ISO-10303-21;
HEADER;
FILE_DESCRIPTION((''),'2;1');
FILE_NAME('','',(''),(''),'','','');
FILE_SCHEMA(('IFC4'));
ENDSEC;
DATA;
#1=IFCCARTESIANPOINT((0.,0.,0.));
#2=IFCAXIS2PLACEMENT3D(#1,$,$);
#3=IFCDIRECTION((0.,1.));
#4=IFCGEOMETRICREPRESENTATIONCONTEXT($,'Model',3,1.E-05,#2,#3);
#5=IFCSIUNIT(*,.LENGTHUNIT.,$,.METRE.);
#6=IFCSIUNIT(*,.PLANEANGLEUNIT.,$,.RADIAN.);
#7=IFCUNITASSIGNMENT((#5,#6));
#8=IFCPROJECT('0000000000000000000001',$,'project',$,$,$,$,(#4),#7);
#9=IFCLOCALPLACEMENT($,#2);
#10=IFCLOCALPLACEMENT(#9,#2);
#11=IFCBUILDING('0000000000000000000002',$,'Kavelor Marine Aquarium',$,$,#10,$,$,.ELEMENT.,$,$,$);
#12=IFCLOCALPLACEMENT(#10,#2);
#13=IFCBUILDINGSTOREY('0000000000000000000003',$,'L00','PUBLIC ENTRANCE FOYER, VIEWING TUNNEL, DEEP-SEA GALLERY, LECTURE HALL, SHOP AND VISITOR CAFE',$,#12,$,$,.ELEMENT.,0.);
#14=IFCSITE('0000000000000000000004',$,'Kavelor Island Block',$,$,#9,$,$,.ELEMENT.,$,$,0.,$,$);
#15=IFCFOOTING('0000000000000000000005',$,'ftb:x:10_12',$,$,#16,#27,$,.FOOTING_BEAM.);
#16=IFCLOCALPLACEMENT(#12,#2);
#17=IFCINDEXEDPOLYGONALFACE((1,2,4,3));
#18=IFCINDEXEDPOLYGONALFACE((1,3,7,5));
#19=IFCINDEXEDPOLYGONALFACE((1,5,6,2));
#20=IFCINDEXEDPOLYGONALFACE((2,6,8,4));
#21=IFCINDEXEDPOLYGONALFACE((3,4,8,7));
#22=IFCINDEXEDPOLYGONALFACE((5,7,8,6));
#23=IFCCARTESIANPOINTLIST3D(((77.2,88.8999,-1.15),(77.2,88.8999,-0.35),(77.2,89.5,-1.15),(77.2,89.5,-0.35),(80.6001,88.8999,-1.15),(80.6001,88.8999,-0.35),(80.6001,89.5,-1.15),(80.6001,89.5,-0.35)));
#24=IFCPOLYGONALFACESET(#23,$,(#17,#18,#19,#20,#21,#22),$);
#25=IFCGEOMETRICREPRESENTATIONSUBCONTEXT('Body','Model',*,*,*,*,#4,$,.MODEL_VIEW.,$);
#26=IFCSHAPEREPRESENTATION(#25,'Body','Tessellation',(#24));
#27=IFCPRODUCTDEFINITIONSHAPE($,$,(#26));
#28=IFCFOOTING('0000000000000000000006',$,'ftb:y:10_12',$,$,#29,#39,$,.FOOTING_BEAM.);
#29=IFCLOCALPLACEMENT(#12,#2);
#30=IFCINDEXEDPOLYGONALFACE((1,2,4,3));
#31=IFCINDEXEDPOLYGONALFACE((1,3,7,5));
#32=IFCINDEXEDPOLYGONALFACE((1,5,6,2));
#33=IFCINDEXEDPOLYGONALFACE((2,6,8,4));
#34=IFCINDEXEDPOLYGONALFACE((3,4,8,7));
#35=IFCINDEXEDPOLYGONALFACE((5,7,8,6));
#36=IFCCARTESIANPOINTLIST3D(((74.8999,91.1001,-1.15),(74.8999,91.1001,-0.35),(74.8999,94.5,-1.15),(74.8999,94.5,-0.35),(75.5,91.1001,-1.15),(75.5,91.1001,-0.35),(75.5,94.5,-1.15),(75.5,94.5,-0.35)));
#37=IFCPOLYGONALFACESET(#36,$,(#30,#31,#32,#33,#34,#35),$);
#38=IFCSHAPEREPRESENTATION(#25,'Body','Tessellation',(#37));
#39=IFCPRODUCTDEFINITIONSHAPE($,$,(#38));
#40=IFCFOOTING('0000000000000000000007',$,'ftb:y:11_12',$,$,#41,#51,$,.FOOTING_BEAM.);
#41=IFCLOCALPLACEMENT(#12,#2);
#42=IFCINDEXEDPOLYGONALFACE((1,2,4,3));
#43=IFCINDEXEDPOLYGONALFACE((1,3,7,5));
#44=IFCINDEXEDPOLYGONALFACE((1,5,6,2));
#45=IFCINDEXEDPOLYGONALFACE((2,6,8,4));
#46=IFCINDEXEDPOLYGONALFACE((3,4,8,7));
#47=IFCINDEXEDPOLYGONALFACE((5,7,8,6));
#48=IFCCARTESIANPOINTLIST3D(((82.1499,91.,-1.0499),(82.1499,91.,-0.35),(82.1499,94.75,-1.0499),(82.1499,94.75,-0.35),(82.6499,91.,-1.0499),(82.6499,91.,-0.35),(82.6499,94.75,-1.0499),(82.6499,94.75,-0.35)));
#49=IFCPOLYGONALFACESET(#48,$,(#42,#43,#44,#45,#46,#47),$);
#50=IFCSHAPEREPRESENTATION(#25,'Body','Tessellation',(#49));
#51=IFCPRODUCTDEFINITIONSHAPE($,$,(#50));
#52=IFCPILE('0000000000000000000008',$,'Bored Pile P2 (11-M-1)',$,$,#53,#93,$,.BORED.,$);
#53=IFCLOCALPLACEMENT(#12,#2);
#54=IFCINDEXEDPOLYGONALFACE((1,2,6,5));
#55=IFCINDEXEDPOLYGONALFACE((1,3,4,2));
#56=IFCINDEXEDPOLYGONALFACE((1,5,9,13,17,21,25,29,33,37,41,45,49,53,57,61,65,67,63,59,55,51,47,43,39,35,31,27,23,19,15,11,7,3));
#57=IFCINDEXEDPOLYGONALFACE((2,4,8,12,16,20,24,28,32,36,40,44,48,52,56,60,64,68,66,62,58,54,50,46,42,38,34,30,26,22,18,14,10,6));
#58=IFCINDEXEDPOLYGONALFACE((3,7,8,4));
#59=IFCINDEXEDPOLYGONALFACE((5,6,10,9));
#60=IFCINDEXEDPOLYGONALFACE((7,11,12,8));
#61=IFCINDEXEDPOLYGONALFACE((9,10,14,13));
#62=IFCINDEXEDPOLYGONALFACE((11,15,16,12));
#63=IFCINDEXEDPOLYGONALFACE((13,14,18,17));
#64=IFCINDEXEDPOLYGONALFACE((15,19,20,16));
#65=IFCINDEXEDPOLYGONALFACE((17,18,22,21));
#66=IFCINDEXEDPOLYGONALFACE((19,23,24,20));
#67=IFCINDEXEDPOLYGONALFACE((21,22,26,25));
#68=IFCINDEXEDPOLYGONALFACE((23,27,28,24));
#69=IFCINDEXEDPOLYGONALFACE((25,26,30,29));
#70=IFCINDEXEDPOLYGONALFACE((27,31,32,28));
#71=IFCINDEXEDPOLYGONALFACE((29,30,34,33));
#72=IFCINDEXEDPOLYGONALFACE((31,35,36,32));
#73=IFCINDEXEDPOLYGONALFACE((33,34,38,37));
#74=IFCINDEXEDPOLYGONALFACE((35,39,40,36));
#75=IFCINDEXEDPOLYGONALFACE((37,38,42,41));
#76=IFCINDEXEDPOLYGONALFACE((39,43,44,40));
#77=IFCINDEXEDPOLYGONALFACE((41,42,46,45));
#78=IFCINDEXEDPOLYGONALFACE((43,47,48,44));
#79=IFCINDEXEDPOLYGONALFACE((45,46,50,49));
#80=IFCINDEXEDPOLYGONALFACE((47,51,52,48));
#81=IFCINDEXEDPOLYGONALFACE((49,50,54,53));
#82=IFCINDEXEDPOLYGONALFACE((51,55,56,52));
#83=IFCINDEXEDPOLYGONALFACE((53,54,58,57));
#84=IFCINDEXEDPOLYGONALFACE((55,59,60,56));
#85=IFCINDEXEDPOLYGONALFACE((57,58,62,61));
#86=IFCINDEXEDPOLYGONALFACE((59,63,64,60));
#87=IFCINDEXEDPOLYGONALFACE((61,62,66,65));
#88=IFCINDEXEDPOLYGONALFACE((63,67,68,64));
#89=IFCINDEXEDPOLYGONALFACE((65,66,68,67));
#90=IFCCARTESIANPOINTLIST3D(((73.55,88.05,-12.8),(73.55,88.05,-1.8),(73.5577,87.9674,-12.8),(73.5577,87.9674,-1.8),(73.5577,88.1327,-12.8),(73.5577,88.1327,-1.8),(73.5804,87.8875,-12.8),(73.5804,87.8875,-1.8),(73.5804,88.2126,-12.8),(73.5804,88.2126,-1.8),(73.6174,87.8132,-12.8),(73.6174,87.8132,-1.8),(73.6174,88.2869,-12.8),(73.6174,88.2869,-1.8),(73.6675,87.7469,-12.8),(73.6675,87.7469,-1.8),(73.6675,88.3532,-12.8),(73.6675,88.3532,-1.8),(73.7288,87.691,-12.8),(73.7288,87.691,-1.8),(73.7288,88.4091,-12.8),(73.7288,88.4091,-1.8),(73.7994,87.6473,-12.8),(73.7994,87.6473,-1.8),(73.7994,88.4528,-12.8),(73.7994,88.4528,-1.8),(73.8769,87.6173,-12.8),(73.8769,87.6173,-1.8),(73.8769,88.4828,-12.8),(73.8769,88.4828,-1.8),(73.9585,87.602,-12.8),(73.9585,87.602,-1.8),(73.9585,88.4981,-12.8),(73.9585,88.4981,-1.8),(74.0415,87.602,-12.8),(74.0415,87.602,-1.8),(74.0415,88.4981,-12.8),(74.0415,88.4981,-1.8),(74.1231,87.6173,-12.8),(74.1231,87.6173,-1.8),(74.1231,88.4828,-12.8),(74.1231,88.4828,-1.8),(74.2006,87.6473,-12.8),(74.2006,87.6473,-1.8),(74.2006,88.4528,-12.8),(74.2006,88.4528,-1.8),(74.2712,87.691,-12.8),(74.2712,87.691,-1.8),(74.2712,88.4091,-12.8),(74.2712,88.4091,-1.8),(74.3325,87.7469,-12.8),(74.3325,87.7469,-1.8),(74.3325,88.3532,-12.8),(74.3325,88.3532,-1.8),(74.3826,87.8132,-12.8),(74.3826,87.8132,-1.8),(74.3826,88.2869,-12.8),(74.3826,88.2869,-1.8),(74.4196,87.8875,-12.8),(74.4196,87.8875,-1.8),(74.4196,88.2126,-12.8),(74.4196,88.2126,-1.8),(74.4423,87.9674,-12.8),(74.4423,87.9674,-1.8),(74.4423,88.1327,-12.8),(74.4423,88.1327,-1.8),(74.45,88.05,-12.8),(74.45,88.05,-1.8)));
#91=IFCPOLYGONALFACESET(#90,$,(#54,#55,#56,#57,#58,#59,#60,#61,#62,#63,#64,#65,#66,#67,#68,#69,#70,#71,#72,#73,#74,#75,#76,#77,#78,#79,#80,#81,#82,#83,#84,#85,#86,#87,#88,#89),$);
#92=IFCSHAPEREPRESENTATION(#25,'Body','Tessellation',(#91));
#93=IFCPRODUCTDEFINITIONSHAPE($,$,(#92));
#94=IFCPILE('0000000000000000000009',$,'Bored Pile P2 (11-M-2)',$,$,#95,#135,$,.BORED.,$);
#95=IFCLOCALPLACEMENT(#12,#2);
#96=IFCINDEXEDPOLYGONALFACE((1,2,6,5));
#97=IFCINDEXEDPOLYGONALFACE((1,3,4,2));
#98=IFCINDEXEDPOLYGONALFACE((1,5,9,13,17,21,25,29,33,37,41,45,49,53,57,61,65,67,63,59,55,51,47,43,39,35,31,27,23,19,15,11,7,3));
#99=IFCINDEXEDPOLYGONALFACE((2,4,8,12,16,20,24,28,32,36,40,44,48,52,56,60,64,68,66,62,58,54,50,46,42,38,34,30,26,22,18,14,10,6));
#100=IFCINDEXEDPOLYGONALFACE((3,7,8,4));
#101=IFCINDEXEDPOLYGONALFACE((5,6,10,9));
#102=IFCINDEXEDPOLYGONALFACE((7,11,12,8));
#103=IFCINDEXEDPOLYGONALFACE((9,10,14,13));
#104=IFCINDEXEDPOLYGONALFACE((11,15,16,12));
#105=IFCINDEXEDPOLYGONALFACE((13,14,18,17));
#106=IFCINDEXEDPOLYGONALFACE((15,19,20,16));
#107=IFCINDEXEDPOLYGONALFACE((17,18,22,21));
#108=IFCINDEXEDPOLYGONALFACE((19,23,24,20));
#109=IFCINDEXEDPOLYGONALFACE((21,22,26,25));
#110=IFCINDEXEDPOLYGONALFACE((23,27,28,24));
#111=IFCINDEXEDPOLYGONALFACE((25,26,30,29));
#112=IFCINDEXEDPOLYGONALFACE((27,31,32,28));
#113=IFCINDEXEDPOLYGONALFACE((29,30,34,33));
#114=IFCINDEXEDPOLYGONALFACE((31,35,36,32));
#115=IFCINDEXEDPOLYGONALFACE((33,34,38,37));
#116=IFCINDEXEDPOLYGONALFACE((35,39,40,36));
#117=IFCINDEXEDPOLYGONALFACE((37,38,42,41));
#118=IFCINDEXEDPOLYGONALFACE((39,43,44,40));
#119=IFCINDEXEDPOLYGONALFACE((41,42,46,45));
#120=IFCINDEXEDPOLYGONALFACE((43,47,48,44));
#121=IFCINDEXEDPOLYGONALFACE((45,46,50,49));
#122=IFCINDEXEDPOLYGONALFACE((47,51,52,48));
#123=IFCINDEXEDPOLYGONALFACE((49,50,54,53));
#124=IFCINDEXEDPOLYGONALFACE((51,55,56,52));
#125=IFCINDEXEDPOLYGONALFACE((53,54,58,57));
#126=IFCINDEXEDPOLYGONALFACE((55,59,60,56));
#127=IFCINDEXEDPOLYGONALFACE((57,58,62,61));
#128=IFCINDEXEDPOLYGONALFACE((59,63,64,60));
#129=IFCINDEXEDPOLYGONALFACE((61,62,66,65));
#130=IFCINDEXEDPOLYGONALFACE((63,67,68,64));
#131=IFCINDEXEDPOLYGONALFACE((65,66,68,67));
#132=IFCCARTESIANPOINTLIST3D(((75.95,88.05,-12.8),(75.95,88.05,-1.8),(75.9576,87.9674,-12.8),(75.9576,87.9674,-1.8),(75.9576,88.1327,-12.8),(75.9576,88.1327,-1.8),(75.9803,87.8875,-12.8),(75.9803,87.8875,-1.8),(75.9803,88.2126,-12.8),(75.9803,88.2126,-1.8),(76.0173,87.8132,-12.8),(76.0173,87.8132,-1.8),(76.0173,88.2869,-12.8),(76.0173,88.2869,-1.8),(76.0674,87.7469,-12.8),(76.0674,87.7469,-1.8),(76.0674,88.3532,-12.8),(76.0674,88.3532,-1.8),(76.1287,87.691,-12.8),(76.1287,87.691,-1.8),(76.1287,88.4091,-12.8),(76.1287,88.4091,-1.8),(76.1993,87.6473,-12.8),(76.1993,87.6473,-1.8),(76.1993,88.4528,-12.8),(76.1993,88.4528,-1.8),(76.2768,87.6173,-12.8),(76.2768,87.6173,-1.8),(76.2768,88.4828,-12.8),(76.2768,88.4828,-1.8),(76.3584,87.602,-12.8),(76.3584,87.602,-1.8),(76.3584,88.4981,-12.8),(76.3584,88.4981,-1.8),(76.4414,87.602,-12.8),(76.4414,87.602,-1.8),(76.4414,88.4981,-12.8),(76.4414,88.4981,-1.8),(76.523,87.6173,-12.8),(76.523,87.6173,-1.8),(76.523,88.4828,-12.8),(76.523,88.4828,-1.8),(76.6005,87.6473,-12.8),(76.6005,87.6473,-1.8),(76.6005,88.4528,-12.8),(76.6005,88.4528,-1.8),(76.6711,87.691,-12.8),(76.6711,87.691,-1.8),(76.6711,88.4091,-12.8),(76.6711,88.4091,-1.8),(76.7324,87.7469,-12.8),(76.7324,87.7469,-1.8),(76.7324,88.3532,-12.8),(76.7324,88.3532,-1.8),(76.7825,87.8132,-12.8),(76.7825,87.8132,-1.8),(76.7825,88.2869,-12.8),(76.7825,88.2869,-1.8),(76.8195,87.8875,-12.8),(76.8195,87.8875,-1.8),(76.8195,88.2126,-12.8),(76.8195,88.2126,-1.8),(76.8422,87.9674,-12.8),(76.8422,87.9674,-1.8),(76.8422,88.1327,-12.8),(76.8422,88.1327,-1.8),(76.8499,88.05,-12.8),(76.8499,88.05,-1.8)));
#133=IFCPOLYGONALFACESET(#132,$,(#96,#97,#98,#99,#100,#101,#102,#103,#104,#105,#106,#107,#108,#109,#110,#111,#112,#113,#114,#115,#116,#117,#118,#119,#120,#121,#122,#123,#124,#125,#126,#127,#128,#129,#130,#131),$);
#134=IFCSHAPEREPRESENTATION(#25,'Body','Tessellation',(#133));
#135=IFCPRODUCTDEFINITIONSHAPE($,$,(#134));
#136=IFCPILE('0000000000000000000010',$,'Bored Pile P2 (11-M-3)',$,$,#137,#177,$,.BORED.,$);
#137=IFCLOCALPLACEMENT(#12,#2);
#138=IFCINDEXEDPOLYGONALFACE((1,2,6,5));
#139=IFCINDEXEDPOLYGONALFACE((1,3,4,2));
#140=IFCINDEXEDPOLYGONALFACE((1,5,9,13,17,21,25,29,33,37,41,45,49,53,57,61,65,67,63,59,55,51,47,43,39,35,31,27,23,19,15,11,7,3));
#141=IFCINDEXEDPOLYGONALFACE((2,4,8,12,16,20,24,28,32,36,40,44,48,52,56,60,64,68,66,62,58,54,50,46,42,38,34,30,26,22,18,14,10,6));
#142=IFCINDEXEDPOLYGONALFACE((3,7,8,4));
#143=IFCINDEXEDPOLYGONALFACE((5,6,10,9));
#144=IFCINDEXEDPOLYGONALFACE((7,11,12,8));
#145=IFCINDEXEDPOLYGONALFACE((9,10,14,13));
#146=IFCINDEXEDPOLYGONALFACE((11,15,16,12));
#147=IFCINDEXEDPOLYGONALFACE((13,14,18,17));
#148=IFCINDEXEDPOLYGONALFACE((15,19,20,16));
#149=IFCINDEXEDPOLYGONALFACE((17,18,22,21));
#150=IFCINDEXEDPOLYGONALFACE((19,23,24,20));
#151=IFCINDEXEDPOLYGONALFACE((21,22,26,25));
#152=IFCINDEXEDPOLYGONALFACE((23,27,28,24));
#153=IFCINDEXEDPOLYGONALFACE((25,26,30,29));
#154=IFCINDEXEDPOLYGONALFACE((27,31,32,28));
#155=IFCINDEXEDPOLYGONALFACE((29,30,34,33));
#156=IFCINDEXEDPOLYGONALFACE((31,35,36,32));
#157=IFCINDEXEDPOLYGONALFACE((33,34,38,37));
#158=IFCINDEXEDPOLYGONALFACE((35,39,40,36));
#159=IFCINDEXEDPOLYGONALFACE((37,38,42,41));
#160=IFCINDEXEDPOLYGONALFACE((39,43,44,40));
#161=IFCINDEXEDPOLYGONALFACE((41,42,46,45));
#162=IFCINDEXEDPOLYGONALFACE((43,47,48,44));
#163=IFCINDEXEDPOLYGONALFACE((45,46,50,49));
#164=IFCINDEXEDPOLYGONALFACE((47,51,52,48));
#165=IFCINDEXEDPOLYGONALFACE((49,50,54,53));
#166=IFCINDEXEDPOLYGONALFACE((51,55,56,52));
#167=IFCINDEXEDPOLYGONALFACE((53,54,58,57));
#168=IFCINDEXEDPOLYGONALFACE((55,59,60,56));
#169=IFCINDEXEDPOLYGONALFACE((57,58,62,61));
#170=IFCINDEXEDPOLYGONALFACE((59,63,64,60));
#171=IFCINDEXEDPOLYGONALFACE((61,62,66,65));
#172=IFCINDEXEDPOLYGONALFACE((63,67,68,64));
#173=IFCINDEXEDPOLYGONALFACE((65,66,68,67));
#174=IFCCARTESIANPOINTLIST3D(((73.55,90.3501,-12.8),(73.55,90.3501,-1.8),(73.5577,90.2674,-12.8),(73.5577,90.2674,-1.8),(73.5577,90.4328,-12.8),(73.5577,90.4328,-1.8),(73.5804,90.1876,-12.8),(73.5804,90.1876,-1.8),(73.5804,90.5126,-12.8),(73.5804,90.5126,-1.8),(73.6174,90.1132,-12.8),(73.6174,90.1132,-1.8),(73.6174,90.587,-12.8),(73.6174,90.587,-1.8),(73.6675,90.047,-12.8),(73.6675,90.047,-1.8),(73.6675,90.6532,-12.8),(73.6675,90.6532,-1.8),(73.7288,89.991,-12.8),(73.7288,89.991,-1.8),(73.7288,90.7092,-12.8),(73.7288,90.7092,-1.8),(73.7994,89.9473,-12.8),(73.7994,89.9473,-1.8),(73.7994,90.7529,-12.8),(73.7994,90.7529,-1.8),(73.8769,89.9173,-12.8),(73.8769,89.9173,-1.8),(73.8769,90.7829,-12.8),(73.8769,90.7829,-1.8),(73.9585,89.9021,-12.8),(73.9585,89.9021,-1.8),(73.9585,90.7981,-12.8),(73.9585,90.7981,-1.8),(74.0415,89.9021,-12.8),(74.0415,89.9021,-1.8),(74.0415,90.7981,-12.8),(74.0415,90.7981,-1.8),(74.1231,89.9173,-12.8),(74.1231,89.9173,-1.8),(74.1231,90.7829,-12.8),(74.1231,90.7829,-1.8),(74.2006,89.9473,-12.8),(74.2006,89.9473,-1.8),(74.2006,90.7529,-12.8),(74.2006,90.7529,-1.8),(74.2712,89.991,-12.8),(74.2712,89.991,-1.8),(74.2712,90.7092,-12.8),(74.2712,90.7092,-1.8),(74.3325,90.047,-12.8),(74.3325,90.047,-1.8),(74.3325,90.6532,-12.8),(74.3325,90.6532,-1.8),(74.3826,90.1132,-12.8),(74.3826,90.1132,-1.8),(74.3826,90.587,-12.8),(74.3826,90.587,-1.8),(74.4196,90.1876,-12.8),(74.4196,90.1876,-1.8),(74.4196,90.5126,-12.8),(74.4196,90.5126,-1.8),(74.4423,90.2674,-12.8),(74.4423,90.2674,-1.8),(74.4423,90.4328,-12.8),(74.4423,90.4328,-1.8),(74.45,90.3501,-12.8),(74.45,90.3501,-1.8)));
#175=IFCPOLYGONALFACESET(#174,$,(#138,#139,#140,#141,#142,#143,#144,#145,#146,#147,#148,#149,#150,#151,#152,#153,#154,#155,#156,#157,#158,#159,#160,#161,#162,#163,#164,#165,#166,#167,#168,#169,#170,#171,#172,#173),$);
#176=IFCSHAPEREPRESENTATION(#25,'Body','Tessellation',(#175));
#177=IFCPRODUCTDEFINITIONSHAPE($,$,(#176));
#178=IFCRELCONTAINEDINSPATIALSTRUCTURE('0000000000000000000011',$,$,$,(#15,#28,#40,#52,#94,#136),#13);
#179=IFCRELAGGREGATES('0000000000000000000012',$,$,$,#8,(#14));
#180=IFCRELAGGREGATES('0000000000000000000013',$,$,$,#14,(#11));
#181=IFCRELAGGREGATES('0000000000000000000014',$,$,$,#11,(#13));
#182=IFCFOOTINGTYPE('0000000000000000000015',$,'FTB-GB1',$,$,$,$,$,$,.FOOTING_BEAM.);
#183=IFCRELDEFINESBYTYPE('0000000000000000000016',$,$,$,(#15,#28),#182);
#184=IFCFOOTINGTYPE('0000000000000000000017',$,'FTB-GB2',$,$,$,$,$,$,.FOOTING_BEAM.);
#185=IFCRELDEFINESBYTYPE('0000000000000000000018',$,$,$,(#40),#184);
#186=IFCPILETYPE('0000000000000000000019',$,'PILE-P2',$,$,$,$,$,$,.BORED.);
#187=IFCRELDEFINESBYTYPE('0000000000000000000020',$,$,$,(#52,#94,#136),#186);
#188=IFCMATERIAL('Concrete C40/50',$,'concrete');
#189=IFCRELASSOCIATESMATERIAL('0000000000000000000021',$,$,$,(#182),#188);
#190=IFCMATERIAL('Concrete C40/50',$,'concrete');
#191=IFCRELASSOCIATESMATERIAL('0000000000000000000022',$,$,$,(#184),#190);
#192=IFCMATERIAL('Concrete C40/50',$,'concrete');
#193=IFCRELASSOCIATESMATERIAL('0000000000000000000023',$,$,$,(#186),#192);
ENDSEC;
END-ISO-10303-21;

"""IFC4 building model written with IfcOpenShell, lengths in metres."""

from ifc_helpers import new_model, si_unit, direction, frame, origin, origin_2d, place, context, subcontext, project, spatial, rectangle, circle, extrude, material, material_profile, profile_set, type_object, element, save


model = new_model("IFC4")

# Units and contexts
model_context = context("Model", 3, precision=1e-05, world=origin(), true_north=direction((0.0, 1.0)))
body_context = subcontext(model_context, "Body", "Model", "MODEL_VIEW")
ifc_project = project(units=[si_unit("LENGTHUNIT", "METRE"), si_unit("PLANEANGLEUNIT", "RADIAN")], contexts=[model_context])

# Site, building, storey
site_placement = place(None, origin())
site = spatial("IfcSite", under=ifc_project, at=site_placement, Name="Kavelor Island Block", CompositionType="ELEMENT", RefElevation=0.0)
building_placement = place(site_placement, origin())
building = spatial("IfcBuilding", under=site, at=building_placement, Name="Kavelor Marine Aquarium", CompositionType="ELEMENT")
storey_placement = place(building_placement, origin())
storey = spatial("IfcBuildingStorey", under=building, at=storey_placement, Name="L00", Description="PUBLIC ENTRANCE FOYER, VIEWING TUNNEL, DEEP-SEA GALLERY, LECTURE HALL, SHOP AND VISITOR CAFE", CompositionType="ELEMENT", Elevation=0.0)

# Footings
ifc_material_1 = material(Name="Concrete C40/50", Category="concrete")
ifc_material_profile_1 = material_profile(ifc_material_1, rectangle(XDim=0.6001, YDim=0.8, at=origin_2d()), Name="GB 600x800")
ifc_profile_set_1 = profile_set([ifc_material_profile_1], Name="Concrete C40/50")
footing_type_1 = type_object("IfcFootingType", Name="FTB-GB1", PredefinedType="FOOTING_BEAM", material=ifc_profile_set_1)
footing_1_placement = place(storey_placement, frame((77.2, 89.2, -0.75), z_axis=(1.0, 0.0, 0.0), x_axis=(0.0, 1.0, 0.0)))
element("IfcFooting", 1, at=footing_1_placement, inside=storey, type_object=footing_type_1, Name="ftb:x:10_12", PredefinedType="FOOTING_BEAM", context=body_context, shape_type="SweptSolid", body=[
    extrude(rectangle(XDim=0.6001, YDim=0.8, at=origin_2d()), origin(), (0.0, 0.0, 1.0), 3.4001),
])
footing_2_placement = place(storey_placement, frame((75.2, 91.1001, -0.75), z_axis=(0.0, 1.0, 0.0), x_axis=(-1.0, 0.0, 0.0)))
element("IfcFooting", 2, at=footing_2_placement, inside=storey, type_object=footing_type_1, Name="ftb:y:10_12", PredefinedType="FOOTING_BEAM", context=body_context, shape_type="SweptSolid", body=[
    extrude(rectangle(XDim=0.6001, YDim=0.8, at=origin_2d()), origin(), (0.0, 0.0, 1.0), 3.3999),
])
ifc_material_2 = material(Name="Concrete C40/50", Category="concrete")
ifc_material_profile_2 = material_profile(ifc_material_2, rectangle(XDim=0.5, YDim=0.7, at=origin_2d()), Name="GB 500x700")
ifc_profile_set_2 = profile_set([ifc_material_profile_2], Name="Concrete C40/50")
footing_type_2 = type_object("IfcFootingType", Name="FTB-GB2", PredefinedType="FOOTING_BEAM", material=ifc_profile_set_2)
footing_3_placement = place(storey_placement, frame((82.3999, 91.0, -0.7), z_axis=(0.0, 1.0, 0.0), x_axis=(-1.0, 0.0, 0.0)))
element("IfcFooting", 3, at=footing_3_placement, inside=storey, type_object=footing_type_2, Name="ftb:y:11_12", PredefinedType="FOOTING_BEAM", context=body_context, shape_type="SweptSolid", body=[
    extrude(rectangle(XDim=0.5, YDim=0.7, at=origin_2d()), origin(), (0.0, 0.0, 1.0), 3.75),
])

# Piles
ifc_material_3 = material(Name="Concrete C40/50", Category="concrete")
ifc_material_profile_3 = material_profile(ifc_material_3, circle(Radius=0.45, at=origin_2d()), Name="PILE D900")
ifc_profile_set_3 = profile_set([ifc_material_profile_3], Name="Concrete C40/50")
pile_type = type_object("IfcPileType", Name="PILE-P2", PredefinedType="BORED", material=ifc_profile_set_3)
for number, where, z_axis, x_axis, name in (
    (4, (74.0, 88.05, -1.8), (0.0, 0.0, -1.0), (1.0, 0.0, 0.0), "Bored Pile P2 (11-M-1)"),
    (5, (76.3999, 88.05, -1.8), (0.0, 0.0, -1.0), (1.0, 0.0, 0.0), "Bored Pile P2 (11-M-2)"),
    (6, (74.0, 90.3501, -1.8), (0.0, 0.0, -1.0), (1.0, 0.0, 0.0), "Bored Pile P2 (11-M-3)"),
):
    element("IfcPile", number, at=place(storey_placement, frame(where, z_axis=z_axis, x_axis=x_axis)), inside=storey, type_object=pile_type, Name=name, PredefinedType="BORED", context=body_context, shape_type="SweptSolid", body=[
        extrude(circle(Radius=0.45, at=origin_2d()), origin(), (0.0, 0.0, 1.0), 11.0),
    ])

save(model, "model.ifc")
